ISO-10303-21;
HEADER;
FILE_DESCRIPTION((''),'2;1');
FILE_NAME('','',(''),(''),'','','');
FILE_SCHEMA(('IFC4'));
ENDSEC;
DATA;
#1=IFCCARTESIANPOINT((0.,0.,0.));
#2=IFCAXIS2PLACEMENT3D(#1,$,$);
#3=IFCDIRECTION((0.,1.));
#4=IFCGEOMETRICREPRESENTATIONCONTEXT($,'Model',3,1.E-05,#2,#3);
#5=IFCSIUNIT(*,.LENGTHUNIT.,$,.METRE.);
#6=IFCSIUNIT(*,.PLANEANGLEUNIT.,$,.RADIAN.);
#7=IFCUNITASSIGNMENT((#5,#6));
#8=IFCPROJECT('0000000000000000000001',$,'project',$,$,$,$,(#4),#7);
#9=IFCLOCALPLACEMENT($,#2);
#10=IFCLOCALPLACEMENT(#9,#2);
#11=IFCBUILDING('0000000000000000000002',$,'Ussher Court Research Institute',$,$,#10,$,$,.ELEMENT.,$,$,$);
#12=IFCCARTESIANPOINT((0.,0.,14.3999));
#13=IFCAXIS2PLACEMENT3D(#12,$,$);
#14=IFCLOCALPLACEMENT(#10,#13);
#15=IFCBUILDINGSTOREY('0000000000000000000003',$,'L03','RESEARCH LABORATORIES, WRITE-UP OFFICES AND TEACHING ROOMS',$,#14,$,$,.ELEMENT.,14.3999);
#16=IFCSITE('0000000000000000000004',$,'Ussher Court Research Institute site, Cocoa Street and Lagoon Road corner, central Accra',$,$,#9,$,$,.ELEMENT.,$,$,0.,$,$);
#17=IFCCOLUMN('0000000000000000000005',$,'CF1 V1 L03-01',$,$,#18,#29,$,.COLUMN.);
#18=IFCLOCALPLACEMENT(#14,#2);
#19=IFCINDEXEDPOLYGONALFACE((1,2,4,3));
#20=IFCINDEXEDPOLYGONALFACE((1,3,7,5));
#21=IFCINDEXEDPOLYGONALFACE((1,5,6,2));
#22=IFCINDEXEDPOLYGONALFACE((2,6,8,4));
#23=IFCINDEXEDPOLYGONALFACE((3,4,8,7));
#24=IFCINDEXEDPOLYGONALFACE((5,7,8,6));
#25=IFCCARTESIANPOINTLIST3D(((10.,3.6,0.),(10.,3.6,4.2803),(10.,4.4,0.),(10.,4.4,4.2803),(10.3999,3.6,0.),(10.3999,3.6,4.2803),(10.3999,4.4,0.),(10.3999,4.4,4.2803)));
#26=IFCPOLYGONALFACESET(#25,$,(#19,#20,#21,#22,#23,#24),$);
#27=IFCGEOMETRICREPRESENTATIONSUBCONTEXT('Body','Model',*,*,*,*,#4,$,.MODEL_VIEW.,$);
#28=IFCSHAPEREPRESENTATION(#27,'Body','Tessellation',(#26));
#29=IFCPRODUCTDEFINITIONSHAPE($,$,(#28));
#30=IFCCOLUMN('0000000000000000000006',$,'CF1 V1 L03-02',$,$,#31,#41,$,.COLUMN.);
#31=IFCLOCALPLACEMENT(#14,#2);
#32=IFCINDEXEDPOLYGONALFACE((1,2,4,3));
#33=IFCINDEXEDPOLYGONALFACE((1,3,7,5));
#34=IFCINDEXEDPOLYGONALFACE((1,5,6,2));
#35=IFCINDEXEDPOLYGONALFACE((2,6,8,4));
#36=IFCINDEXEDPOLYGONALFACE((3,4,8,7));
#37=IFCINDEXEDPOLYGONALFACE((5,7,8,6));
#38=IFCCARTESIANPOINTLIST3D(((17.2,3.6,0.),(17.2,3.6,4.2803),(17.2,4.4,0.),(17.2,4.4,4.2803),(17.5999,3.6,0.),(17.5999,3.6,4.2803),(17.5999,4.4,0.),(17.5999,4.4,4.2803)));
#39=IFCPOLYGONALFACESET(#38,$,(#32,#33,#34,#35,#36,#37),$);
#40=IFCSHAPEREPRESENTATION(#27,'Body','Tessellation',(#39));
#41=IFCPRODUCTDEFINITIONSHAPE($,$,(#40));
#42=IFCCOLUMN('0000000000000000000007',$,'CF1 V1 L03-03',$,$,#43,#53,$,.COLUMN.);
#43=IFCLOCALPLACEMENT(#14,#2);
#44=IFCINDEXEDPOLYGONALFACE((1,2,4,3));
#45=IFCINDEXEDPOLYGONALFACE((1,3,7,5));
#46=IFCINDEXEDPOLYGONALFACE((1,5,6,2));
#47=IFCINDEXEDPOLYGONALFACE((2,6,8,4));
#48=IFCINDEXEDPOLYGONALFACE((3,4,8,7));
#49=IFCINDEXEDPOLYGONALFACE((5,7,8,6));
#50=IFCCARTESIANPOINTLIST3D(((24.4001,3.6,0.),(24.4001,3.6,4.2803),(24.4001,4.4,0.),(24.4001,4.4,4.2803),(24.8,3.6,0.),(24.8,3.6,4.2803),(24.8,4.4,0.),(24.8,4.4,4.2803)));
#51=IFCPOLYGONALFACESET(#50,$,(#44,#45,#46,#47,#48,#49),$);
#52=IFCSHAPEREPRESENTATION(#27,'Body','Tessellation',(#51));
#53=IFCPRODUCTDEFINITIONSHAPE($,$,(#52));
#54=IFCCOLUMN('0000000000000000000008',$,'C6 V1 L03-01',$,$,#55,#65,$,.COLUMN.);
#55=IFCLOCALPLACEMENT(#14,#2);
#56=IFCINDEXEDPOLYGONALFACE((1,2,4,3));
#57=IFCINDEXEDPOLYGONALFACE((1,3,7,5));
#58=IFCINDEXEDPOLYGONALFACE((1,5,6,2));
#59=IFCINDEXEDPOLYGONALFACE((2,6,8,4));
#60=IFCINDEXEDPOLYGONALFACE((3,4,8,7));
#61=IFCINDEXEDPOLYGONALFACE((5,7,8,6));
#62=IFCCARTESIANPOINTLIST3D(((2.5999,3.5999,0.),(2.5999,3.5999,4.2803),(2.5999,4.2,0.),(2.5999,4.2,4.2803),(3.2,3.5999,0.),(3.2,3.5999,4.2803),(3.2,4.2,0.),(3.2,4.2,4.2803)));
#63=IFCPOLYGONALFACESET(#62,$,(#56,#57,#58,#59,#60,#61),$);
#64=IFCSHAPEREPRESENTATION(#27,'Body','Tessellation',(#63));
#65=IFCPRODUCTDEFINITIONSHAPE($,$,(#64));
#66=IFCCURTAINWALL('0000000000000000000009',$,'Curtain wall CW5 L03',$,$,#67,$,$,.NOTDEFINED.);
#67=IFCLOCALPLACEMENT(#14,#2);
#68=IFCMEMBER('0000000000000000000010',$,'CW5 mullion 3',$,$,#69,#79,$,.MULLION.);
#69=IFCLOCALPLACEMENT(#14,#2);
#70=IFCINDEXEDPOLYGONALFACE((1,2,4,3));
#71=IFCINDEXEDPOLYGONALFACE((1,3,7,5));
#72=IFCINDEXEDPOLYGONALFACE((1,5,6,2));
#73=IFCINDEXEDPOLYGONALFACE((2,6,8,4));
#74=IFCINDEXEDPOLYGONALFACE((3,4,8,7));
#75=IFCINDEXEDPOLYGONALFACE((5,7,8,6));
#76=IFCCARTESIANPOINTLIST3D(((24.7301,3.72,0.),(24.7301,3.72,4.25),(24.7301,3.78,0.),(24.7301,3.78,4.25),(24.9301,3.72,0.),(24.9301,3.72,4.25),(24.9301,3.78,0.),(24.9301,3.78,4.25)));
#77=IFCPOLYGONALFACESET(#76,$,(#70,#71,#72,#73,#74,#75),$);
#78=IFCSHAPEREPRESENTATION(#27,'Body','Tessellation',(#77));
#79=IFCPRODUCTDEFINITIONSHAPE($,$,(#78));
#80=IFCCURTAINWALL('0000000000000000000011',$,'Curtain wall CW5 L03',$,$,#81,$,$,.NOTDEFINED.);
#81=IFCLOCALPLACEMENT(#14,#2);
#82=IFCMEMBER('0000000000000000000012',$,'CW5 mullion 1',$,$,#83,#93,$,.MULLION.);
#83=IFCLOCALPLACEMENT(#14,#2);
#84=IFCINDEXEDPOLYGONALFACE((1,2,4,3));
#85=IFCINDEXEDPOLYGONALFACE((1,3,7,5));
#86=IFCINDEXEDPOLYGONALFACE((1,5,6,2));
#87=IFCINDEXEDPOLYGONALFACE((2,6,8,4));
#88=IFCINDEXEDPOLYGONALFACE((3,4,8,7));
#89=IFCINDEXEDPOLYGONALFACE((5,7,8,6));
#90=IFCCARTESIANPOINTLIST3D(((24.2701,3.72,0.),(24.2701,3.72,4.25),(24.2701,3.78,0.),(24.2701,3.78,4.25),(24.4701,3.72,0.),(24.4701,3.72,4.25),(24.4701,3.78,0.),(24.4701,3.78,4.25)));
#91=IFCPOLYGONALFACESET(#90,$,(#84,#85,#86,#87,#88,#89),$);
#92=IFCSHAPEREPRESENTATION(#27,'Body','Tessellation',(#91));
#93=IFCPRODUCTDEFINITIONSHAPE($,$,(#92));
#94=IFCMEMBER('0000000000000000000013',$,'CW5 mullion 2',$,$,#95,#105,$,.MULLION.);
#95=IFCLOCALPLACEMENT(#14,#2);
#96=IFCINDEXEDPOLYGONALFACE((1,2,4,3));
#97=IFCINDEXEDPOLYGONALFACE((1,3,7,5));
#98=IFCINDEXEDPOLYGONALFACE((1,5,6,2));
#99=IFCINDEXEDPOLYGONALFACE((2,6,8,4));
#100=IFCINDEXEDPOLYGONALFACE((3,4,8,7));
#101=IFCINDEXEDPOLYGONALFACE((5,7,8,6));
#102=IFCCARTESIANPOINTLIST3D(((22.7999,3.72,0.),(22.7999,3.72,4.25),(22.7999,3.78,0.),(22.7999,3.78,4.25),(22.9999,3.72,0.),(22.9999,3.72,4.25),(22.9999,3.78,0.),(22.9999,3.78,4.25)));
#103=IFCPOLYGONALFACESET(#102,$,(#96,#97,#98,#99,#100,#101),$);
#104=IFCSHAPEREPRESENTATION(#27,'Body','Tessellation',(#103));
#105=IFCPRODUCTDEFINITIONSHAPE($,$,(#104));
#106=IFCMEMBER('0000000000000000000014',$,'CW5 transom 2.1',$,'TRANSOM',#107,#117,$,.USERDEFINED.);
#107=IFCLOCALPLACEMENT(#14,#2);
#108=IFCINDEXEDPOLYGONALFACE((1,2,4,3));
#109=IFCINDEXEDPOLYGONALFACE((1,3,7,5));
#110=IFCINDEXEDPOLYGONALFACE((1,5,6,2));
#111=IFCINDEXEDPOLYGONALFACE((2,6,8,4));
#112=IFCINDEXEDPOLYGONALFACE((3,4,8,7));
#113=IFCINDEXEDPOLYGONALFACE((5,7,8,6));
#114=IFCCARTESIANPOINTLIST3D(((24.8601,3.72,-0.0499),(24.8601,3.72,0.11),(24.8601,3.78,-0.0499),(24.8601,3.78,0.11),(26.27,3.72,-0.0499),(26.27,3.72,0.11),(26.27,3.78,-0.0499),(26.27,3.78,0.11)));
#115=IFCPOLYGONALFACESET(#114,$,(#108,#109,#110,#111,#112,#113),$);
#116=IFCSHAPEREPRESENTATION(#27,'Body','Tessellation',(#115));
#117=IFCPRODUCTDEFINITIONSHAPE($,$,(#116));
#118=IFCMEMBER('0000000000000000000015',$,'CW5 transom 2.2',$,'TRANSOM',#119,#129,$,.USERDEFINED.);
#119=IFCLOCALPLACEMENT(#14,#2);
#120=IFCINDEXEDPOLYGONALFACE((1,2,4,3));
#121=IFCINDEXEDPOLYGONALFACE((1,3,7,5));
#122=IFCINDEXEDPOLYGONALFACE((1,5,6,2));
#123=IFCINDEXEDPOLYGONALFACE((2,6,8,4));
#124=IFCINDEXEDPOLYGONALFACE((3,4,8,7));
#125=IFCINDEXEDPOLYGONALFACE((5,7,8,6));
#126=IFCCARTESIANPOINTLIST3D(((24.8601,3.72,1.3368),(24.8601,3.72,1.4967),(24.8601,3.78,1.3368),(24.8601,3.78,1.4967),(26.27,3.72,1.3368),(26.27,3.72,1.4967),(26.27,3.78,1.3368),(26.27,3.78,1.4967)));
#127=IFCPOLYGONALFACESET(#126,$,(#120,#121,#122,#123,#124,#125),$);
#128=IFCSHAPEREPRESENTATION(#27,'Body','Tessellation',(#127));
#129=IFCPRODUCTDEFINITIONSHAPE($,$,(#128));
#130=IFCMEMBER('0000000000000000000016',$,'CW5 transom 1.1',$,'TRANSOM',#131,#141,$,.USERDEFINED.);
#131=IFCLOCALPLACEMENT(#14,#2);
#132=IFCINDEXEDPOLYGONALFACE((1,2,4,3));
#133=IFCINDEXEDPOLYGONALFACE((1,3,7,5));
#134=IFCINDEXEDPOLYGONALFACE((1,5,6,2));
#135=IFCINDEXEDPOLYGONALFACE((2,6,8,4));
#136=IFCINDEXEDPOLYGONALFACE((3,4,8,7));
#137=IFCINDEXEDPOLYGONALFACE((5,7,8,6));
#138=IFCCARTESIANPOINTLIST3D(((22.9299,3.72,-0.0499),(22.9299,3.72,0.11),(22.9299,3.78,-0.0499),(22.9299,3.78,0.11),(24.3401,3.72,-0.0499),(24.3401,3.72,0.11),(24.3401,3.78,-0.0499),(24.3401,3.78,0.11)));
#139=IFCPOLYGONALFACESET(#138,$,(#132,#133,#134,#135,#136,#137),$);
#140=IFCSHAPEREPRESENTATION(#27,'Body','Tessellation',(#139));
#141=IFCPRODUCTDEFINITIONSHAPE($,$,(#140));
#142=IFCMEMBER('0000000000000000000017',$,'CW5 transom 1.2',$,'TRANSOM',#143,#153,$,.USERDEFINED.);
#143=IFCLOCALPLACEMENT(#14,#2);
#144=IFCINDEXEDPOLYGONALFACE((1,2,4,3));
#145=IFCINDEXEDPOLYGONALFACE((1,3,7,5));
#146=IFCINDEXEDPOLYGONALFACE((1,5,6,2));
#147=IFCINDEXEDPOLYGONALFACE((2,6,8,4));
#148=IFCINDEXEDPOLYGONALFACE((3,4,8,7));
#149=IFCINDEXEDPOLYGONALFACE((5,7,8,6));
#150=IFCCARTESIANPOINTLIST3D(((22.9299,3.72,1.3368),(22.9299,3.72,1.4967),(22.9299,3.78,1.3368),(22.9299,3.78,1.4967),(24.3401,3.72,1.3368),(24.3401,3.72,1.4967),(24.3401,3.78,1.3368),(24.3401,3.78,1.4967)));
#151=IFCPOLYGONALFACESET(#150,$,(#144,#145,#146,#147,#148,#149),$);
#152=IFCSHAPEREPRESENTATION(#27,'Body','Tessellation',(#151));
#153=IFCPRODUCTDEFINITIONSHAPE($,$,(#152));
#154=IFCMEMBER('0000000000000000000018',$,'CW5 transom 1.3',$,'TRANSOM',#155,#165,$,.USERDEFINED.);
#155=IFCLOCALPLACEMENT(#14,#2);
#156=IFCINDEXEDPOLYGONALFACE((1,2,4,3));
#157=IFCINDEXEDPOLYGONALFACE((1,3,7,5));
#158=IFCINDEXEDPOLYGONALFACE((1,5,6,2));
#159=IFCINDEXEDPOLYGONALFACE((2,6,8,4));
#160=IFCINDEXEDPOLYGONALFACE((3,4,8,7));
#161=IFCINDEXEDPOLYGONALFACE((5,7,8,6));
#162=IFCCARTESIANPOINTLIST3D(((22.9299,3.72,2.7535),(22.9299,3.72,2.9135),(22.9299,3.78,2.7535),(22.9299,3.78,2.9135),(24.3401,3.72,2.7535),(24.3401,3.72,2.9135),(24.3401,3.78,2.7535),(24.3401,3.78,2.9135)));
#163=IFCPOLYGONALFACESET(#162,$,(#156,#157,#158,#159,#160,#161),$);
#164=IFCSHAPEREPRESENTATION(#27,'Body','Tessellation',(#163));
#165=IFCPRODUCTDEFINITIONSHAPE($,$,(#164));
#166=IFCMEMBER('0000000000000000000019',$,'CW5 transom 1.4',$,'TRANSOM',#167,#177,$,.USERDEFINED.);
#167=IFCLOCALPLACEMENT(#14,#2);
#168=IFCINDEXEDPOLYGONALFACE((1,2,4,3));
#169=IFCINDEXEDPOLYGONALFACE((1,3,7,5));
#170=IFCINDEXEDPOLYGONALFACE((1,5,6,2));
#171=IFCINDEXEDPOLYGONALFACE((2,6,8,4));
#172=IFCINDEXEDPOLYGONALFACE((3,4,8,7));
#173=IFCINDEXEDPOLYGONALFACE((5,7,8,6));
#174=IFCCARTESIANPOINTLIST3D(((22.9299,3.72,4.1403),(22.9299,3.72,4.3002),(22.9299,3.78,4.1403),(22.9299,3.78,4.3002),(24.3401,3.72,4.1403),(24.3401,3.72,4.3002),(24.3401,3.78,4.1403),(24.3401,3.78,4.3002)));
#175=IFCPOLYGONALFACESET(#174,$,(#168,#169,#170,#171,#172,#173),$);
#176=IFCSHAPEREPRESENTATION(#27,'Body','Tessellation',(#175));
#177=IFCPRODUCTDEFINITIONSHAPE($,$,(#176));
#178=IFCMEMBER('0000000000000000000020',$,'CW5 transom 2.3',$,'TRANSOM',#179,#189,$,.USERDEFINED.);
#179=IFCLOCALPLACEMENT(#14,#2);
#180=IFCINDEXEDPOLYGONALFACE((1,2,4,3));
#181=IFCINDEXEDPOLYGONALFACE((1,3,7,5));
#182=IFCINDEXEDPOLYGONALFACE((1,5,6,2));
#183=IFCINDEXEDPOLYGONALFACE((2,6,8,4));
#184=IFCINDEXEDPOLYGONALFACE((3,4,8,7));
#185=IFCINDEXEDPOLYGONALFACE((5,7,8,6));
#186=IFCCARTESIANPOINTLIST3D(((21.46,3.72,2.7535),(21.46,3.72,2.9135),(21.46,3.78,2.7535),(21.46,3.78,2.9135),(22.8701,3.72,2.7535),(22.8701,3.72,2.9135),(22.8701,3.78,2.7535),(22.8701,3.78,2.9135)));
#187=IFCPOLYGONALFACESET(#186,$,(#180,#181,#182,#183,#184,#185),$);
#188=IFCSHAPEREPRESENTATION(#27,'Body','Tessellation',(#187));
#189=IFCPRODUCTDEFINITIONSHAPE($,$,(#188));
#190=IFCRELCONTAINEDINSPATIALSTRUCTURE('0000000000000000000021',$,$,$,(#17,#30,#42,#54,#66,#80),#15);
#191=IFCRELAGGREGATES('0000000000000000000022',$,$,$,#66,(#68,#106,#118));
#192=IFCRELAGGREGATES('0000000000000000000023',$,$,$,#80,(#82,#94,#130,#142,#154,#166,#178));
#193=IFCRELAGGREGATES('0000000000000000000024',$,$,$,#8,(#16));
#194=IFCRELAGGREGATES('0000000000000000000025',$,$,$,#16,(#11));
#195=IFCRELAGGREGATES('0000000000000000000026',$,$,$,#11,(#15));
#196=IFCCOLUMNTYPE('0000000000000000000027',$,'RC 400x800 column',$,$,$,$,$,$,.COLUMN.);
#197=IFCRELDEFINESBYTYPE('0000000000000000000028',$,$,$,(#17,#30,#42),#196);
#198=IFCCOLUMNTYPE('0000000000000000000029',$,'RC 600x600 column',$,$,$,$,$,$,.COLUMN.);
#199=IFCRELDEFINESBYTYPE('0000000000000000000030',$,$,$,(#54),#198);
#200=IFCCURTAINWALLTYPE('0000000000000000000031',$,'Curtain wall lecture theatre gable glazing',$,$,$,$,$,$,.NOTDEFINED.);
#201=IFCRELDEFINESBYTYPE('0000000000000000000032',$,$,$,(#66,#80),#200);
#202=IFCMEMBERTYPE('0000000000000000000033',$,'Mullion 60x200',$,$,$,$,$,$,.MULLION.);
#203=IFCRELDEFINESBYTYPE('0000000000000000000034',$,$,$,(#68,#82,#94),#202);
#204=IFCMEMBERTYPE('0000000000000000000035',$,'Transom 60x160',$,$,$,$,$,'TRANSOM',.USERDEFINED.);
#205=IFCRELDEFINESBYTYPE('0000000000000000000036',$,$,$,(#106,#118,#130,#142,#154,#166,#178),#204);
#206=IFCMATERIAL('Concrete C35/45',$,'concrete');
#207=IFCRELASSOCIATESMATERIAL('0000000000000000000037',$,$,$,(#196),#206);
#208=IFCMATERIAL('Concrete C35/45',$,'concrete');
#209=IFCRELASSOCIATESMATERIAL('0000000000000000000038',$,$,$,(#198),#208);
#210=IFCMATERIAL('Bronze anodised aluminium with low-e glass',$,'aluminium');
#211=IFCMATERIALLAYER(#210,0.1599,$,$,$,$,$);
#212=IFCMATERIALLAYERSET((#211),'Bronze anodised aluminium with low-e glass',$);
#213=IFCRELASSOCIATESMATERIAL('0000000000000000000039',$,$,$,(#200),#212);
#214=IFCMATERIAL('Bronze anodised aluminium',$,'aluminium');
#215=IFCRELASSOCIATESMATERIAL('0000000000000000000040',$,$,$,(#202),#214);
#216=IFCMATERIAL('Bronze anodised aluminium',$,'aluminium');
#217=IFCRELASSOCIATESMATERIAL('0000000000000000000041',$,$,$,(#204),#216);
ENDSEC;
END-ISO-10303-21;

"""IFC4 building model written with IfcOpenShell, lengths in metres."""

from ifc_helpers import new_model, si_unit, direction, frame, origin, origin_2d, place, context, subcontext, project, spatial, rectangle, extrude, material, layer, layer_set, material_profile, profile_set, type_object, element, aggregate, save


model = new_model("IFC4")

# Units and contexts
model_context = context("Model", 3, precision=1e-05, world=origin(), true_north=direction((0.0, 1.0)))
body_context = subcontext(model_context, "Body", "Model", "MODEL_VIEW")
ifc_project = project(units=[si_unit("LENGTHUNIT", "METRE"), si_unit("PLANEANGLEUNIT", "RADIAN")], contexts=[model_context])

# Site, building, storey
site_placement = place(None, origin())
site = spatial("IfcSite", under=ifc_project, at=site_placement, Name="Ussher Court Research Institute site, Cocoa Street and Lagoon Road corner, central Accra", CompositionType="ELEMENT", RefElevation=0.0)
building_placement = place(site_placement, origin())
building = spatial("IfcBuilding", under=site, at=building_placement, Name="Ussher Court Research Institute", CompositionType="ELEMENT")
storey_placement = place(building_placement, frame((0.0, 0.0, 14.3999)))
storey = spatial("IfcBuildingStorey", under=building, at=storey_placement, Name="L03", Description="RESEARCH LABORATORIES, WRITE-UP OFFICES AND TEACHING ROOMS", CompositionType="ELEMENT", Elevation=14.3999)

# Columns
ifc_material_1 = material(Name="Concrete C35/45", Category="concrete")
ifc_material_profile_1 = material_profile(ifc_material_1, rectangle(XDim=0.3999, YDim=0.8, at=origin_2d()), Name="RC 400x800")
ifc_profile_set_1 = profile_set([ifc_material_profile_1], Name="Concrete C35/45")
column_type_1 = type_object("IfcColumnType", Name="RC 400x800 column", PredefinedType="COLUMN", material=ifc_profile_set_1)
for number, where, z_axis, x_axis, name in (
    (1, (10.2, 4.0, 0.0), (0.0, 0.0, 1.0), (1.0, 0.0, 0.0), "CF1 V1 L03-01"),
    (2, (17.3999, 4.0, 0.0), (0.0, 0.0, 1.0), (1.0, 0.0, 0.0), "CF1 V1 L03-02"),
    (3, (24.6001, 4.0, 0.0), (0.0, 0.0, 1.0), (1.0, 0.0, 0.0), "CF1 V1 L03-03"),
):
    element("IfcColumn", number, at=place(storey_placement, frame(where, z_axis=z_axis, x_axis=x_axis)), inside=storey, type_object=column_type_1, Name=name, PredefinedType="COLUMN", context=body_context, shape_type="SweptSolid", body=[
        extrude(rectangle(XDim=0.3999, YDim=0.8, at=origin_2d()), origin(), (0.0, 0.0, 1.0), 4.2803),
    ])
ifc_material_2 = material(Name="Concrete C35/45", Category="concrete")
ifc_material_profile_2 = material_profile(ifc_material_2, rectangle(XDim=0.6001, YDim=0.6001, at=origin_2d()), Name="RC 600x600")
ifc_profile_set_2 = profile_set([ifc_material_profile_2], Name="Concrete C35/45")
column_type_2 = type_object("IfcColumnType", Name="RC 600x600 column", PredefinedType="COLUMN", material=ifc_profile_set_2)
column_placement = place(storey_placement, frame((2.8999, 3.8999, 0.0), z_axis=(0.0, 0.0, 1.0), x_axis=(1.0, 0.0, 0.0)))
element("IfcColumn", 4, at=column_placement, inside=storey, type_object=column_type_2, Name="C6 V1 L03-01", PredefinedType="COLUMN", context=body_context, shape_type="SweptSolid", body=[
    extrude(rectangle(XDim=0.6001, YDim=0.6001, at=origin_2d()), origin(), (0.0, 0.0, 1.0), 4.2803),
])

# Curtain wall, member
ifc_material_3 = material(Name="Bronze anodised aluminium with low-e glass", Category="aluminium")
ifc_layer_1 = layer(ifc_material_3, 0.1599)
ifc_layer_set_1 = layer_set([ifc_layer_1], Name="Bronze anodised aluminium with low-e glass")
curtain_wall_type = type_object("IfcCurtainWallType", Name="Curtain wall lecture theatre gable glazing", PredefinedType="NOTDEFINED", material=ifc_layer_set_1)
curtain_wall_1_placement = place(storey_placement, origin())
curtain_wall_1 = element("IfcCurtainWall", 5, at=curtain_wall_1_placement, inside=storey, type_object=curtain_wall_type, Name="Curtain wall CW5 L03", PredefinedType="NOTDEFINED")
ifc_material_4 = material(Name="Bronze anodised aluminium", Category="aluminium")
ifc_material_profile_3 = material_profile(ifc_material_4, rectangle(XDim=0.0601, YDim=0.2, at=origin_2d()), Name="Mullion 60x200")
ifc_profile_set_3 = profile_set([ifc_material_profile_3], Name="Bronze anodised aluminium")
member_type_1 = type_object("IfcMemberType", Name="Mullion 60x200", PredefinedType="MULLION", material=ifc_profile_set_3)
member_1_placement = place(storey_placement, frame((24.8301, 3.75, 0.0), z_axis=(0.0, 0.0, 1.0), x_axis=(0.0, -1.0, 0.0)))
member_1 = element("IfcMember", 6, at=member_1_placement, type_object=member_type_1, Name="CW5 mullion 3", PredefinedType="MULLION", context=body_context, shape_type="SweptSolid", body=[
    extrude(rectangle(XDim=0.0601, YDim=0.2, at=origin_2d()), origin(), (0.0, 0.0, 1.0), 4.25),
])

# Curtain wall, members
curtain_wall_2_placement = place(storey_placement, origin())
curtain_wall_2 = element("IfcCurtainWall", 7, at=curtain_wall_2_placement, inside=storey, type_object=curtain_wall_type, Name="Curtain wall CW5 L03", PredefinedType="NOTDEFINED")
member_2_placement = place(storey_placement, frame((24.3701, 3.75, 0.0), z_axis=(0.0, 0.0, 1.0), x_axis=(0.0, -1.0, 0.0)))
member_2 = element("IfcMember", 8, at=member_2_placement, type_object=member_type_1, Name="CW5 mullion 1", PredefinedType="MULLION", context=body_context, shape_type="SweptSolid", body=[
    extrude(rectangle(XDim=0.0601, YDim=0.2, at=origin_2d()), origin(), (0.0, 0.0, 1.0), 4.25),
])
member_3_placement = place(storey_placement, frame((22.8999, 3.75, 0.0), z_axis=(0.0, 0.0, 1.0), x_axis=(0.0, -1.0, 0.0)))
member_3 = element("IfcMember", 9, at=member_3_placement, type_object=member_type_1, Name="CW5 mullion 2", PredefinedType="MULLION", context=body_context, shape_type="SweptSolid", body=[
    extrude(rectangle(XDim=0.0601, YDim=0.2, at=origin_2d()), origin(), (0.0, 0.0, 1.0), 4.25),
])

# Members
ifc_material_5 = material(Name="Bronze anodised aluminium", Category="aluminium")
ifc_material_profile_4 = material_profile(ifc_material_5, rectangle(XDim=0.0601, YDim=0.1599, at=origin_2d()), Name="Transom 60x160")
ifc_profile_set_4 = profile_set([ifc_material_profile_4], Name="Bronze anodised aluminium")
member_type_2 = type_object("IfcMemberType", Name="Transom 60x160", ElementType="TRANSOM", PredefinedType="USERDEFINED", material=ifc_profile_set_4)
member_4_placement = place(storey_placement, frame((26.27, 3.75, 0.03), z_axis=(-1.0, 0.0, 0.0), x_axis=(0.0, -1.0, 0.0)))
member_4 = element("IfcMember", 10, at=member_4_placement, type_object=member_type_2, Name="CW5 transom 2.1", ObjectType="TRANSOM", PredefinedType="USERDEFINED", context=body_context, shape_type="SweptSolid", body=[
    extrude(rectangle(XDim=0.0601, YDim=0.1599, at=origin_2d()), origin(), (0.0, 0.0, 1.0), 1.4099),
])
member_5_placement = place(storey_placement, frame((26.27, 3.75, 1.4167), z_axis=(-1.0, 0.0, 0.0), x_axis=(0.0, -1.0, 0.0)))
member_5 = element("IfcMember", 11, at=member_5_placement, type_object=member_type_2, Name="CW5 transom 2.2", ObjectType="TRANSOM", PredefinedType="USERDEFINED", context=body_context, shape_type="SweptSolid", body=[
    extrude(rectangle(XDim=0.0601, YDim=0.1599, at=origin_2d()), origin(), (0.0, 0.0, 1.0), 1.4099),
])
member_6_placement = place(storey_placement, frame((24.3401, 3.75, 0.03), z_axis=(-1.0, 0.0, 0.0), x_axis=(0.0, -1.0, 0.0)))
member_6 = element("IfcMember", 12, at=member_6_placement, type_object=member_type_2, Name="CW5 transom 1.1", ObjectType="TRANSOM", PredefinedType="USERDEFINED", context=body_context, shape_type="SweptSolid", body=[
    extrude(rectangle(XDim=0.0601, YDim=0.1599, at=origin_2d()), origin(), (0.0, 0.0, 1.0), 1.4102),
])
member_7_placement = place(storey_placement, frame((24.3401, 3.75, 1.4167), z_axis=(-1.0, 0.0, 0.0), x_axis=(0.0, -1.0, 0.0)))
member_7 = element("IfcMember", 13, at=member_7_placement, type_object=member_type_2, Name="CW5 transom 1.2", ObjectType="TRANSOM", PredefinedType="USERDEFINED", context=body_context, shape_type="SweptSolid", body=[
    extrude(rectangle(XDim=0.0601, YDim=0.1599, at=origin_2d()), origin(), (0.0, 0.0, 1.0), 1.4102),
])
member_8_placement = place(storey_placement, frame((24.3401, 3.75, 2.8335), z_axis=(-1.0, 0.0, 0.0), x_axis=(0.0, -1.0, 0.0)))
member_8 = element("IfcMember", 14, at=member_8_placement, type_object=member_type_2, Name="CW5 transom 1.3", ObjectType="TRANSOM", PredefinedType="USERDEFINED", context=body_context, shape_type="SweptSolid", body=[
    extrude(rectangle(XDim=0.0601, YDim=0.1599, at=origin_2d()), origin(), (0.0, 0.0, 1.0), 1.4102),
])
member_9_placement = place(storey_placement, frame((24.3401, 3.75, 4.2202), z_axis=(-1.0, 0.0, 0.0), x_axis=(0.0, -1.0, 0.0)))
member_9 = element("IfcMember", 15, at=member_9_placement, type_object=member_type_2, Name="CW5 transom 1.4", ObjectType="TRANSOM", PredefinedType="USERDEFINED", context=body_context, shape_type="SweptSolid", body=[
    extrude(rectangle(XDim=0.0601, YDim=0.1599, at=origin_2d()), origin(), (0.0, 0.0, 1.0), 1.4102),
])
member_10_placement = place(storey_placement, frame((22.8701, 3.75, 2.8335), z_axis=(-1.0, 0.0, 0.0), x_axis=(0.0, -1.0, 0.0)))
member_10 = element("IfcMember", 16, at=member_10_placement, type_object=member_type_2, Name="CW5 transom 2.3", ObjectType="TRANSOM", PredefinedType="USERDEFINED", context=body_context, shape_type="SweptSolid", body=[
    extrude(rectangle(XDim=0.0601, YDim=0.1599, at=origin_2d()), origin(), (0.0, 0.0, 1.0), 1.4102),
])

aggregate(curtain_wall_1, [member_1, member_4, member_5])
aggregate(curtain_wall_2, [member_2, member_3, member_6, member_7, member_8, member_9, member_10])

save(model, "model.ifc")
